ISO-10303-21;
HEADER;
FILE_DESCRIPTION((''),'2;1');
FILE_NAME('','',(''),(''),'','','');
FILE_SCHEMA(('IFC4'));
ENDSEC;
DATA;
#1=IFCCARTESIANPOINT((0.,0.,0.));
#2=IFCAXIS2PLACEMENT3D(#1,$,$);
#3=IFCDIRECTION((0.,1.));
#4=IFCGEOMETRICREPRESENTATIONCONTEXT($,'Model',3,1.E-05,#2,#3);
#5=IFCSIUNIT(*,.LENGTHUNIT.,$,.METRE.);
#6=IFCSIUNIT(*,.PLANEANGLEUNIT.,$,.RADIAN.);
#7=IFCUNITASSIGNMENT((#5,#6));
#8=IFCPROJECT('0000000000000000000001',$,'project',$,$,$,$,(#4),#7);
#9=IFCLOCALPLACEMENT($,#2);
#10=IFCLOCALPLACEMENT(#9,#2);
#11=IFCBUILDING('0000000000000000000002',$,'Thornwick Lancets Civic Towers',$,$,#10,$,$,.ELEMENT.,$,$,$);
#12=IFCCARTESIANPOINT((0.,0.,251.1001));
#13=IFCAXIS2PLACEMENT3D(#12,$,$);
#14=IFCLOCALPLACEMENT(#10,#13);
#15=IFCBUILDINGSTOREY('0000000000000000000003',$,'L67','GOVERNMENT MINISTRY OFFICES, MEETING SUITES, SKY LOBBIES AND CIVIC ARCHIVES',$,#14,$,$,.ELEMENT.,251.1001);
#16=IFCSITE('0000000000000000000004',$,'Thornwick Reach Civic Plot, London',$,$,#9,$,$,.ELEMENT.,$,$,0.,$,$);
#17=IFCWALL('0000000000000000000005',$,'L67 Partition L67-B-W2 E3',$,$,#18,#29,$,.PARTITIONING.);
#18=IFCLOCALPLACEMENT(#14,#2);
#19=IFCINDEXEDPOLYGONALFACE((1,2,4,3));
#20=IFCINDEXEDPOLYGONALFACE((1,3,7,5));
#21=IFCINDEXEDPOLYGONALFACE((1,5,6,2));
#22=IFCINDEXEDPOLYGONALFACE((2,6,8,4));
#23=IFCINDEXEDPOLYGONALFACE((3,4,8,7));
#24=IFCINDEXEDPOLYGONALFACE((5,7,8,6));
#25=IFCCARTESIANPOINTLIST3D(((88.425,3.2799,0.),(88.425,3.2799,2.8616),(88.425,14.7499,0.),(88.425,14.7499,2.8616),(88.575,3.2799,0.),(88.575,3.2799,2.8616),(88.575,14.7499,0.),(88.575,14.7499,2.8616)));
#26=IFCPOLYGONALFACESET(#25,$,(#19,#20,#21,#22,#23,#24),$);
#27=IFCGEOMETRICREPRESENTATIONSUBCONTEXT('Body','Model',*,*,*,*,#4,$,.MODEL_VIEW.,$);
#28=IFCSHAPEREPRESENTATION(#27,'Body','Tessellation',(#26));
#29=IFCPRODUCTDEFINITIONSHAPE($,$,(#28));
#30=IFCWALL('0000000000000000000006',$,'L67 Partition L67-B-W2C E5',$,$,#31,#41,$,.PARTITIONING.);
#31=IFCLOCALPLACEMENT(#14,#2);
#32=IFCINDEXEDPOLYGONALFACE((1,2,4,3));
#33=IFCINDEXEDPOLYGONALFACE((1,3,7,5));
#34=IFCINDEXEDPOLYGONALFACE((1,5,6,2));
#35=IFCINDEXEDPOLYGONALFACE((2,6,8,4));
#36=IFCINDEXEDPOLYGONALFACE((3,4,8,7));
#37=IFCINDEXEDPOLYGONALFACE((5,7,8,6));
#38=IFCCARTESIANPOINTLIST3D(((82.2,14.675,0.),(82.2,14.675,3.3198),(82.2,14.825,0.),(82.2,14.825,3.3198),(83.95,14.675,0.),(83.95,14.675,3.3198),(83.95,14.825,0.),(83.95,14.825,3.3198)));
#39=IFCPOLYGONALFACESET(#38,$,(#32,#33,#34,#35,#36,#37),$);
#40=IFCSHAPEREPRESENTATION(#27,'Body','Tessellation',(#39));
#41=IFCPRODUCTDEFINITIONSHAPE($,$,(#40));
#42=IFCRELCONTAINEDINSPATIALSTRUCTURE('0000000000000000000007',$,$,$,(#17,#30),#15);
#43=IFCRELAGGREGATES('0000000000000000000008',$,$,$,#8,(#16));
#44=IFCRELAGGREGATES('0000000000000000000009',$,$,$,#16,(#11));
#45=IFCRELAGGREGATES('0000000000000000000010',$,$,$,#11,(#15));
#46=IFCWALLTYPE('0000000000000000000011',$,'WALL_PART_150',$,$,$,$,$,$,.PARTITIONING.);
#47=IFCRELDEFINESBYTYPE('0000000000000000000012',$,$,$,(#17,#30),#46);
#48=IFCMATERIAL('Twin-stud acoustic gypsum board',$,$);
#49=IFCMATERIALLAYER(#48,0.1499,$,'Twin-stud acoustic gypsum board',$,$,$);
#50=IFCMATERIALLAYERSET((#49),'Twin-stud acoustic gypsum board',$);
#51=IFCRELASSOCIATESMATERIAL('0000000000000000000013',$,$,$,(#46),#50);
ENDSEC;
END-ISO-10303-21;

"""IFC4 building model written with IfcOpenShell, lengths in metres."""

from ifc_helpers import new_model, si_unit, direction, frame, frame_2d, origin, place, context, subcontext, project, spatial, rectangle, extrude, material, layer, layer_set, type_object, element, save


model = new_model("IFC4")

# Units and contexts
model_context = context("Model", 3, precision=1e-05, world=origin(), true_north=direction((0.0, 1.0)))
body_context = subcontext(model_context, "Body", "Model", "MODEL_VIEW")
ifc_project = project(units=[si_unit("LENGTHUNIT", "METRE"), si_unit("PLANEANGLEUNIT", "RADIAN")], contexts=[model_context])

# Site, building, storey
site_placement = place(None, origin())
site = spatial("IfcSite", under=ifc_project, at=site_placement, Name="Thornwick Reach Civic Plot, London", CompositionType="ELEMENT", RefElevation=0.0)
building_placement = place(site_placement, origin())
building = spatial("IfcBuilding", under=site, at=building_placement, Name="Thornwick Lancets Civic Towers", CompositionType="ELEMENT")
storey_placement = place(building_placement, frame((0.0, 0.0, 251.1001)))
storey = spatial("IfcBuildingStorey", under=building, at=storey_placement, Name="L67", Description="GOVERNMENT MINISTRY OFFICES, MEETING SUITES, SKY LOBBIES AND CIVIC ARCHIVES", CompositionType="ELEMENT", Elevation=251.1001)

# Wall
ifc_material_1 = material(Name="Twin-stud acoustic gypsum board")
ifc_layer_1 = layer(ifc_material_1, 0.1499, Name="Twin-stud acoustic gypsum board")
ifc_layer_set_1 = layer_set([ifc_layer_1], Name="Twin-stud acoustic gypsum board")
wall_type_1 = type_object("IfcWallType", Name="WALL_PART_150", PredefinedType="PARTITIONING", material=ifc_layer_set_1)
wall_1_placement = place(storey_placement, frame((88.5, 3.28, 0.0), z_axis=(0.0, 0.0, 1.0), x_axis=(0.0, 1.0, 0.0)))
element("IfcWall", 1, at=wall_1_placement, inside=storey, type_object=wall_type_1, Name="L67 Partition L67-B-W2 E3", PredefinedType="PARTITIONING", context=body_context, shape_type="SweptSolid", body=[
    extrude(rectangle(XDim=11.47, YDim=0.1499, at=frame_2d((5.7349, 0.0))), origin(), (0.0, 0.0, 1.0), 2.8616),
])

# Wall
wall_2_placement = place(storey_placement, frame((82.2, 14.75, 0.0), z_axis=(0.0, 0.0, 1.0), x_axis=(1.0, 0.0, 0.0)))
element("IfcWall", 2, at=wall_2_placement, inside=storey, type_object=wall_type_1, Name="L67 Partition L67-B-W2C E5", PredefinedType="PARTITIONING", context=body_context, shape_type="SweptSolid", body=[
    extrude(rectangle(XDim=1.75, YDim=0.1499, at=frame_2d((0.875, 0.0))), origin(), (0.0, 0.0, 1.0), 3.3198),
])

save(model, "model.ifc")
